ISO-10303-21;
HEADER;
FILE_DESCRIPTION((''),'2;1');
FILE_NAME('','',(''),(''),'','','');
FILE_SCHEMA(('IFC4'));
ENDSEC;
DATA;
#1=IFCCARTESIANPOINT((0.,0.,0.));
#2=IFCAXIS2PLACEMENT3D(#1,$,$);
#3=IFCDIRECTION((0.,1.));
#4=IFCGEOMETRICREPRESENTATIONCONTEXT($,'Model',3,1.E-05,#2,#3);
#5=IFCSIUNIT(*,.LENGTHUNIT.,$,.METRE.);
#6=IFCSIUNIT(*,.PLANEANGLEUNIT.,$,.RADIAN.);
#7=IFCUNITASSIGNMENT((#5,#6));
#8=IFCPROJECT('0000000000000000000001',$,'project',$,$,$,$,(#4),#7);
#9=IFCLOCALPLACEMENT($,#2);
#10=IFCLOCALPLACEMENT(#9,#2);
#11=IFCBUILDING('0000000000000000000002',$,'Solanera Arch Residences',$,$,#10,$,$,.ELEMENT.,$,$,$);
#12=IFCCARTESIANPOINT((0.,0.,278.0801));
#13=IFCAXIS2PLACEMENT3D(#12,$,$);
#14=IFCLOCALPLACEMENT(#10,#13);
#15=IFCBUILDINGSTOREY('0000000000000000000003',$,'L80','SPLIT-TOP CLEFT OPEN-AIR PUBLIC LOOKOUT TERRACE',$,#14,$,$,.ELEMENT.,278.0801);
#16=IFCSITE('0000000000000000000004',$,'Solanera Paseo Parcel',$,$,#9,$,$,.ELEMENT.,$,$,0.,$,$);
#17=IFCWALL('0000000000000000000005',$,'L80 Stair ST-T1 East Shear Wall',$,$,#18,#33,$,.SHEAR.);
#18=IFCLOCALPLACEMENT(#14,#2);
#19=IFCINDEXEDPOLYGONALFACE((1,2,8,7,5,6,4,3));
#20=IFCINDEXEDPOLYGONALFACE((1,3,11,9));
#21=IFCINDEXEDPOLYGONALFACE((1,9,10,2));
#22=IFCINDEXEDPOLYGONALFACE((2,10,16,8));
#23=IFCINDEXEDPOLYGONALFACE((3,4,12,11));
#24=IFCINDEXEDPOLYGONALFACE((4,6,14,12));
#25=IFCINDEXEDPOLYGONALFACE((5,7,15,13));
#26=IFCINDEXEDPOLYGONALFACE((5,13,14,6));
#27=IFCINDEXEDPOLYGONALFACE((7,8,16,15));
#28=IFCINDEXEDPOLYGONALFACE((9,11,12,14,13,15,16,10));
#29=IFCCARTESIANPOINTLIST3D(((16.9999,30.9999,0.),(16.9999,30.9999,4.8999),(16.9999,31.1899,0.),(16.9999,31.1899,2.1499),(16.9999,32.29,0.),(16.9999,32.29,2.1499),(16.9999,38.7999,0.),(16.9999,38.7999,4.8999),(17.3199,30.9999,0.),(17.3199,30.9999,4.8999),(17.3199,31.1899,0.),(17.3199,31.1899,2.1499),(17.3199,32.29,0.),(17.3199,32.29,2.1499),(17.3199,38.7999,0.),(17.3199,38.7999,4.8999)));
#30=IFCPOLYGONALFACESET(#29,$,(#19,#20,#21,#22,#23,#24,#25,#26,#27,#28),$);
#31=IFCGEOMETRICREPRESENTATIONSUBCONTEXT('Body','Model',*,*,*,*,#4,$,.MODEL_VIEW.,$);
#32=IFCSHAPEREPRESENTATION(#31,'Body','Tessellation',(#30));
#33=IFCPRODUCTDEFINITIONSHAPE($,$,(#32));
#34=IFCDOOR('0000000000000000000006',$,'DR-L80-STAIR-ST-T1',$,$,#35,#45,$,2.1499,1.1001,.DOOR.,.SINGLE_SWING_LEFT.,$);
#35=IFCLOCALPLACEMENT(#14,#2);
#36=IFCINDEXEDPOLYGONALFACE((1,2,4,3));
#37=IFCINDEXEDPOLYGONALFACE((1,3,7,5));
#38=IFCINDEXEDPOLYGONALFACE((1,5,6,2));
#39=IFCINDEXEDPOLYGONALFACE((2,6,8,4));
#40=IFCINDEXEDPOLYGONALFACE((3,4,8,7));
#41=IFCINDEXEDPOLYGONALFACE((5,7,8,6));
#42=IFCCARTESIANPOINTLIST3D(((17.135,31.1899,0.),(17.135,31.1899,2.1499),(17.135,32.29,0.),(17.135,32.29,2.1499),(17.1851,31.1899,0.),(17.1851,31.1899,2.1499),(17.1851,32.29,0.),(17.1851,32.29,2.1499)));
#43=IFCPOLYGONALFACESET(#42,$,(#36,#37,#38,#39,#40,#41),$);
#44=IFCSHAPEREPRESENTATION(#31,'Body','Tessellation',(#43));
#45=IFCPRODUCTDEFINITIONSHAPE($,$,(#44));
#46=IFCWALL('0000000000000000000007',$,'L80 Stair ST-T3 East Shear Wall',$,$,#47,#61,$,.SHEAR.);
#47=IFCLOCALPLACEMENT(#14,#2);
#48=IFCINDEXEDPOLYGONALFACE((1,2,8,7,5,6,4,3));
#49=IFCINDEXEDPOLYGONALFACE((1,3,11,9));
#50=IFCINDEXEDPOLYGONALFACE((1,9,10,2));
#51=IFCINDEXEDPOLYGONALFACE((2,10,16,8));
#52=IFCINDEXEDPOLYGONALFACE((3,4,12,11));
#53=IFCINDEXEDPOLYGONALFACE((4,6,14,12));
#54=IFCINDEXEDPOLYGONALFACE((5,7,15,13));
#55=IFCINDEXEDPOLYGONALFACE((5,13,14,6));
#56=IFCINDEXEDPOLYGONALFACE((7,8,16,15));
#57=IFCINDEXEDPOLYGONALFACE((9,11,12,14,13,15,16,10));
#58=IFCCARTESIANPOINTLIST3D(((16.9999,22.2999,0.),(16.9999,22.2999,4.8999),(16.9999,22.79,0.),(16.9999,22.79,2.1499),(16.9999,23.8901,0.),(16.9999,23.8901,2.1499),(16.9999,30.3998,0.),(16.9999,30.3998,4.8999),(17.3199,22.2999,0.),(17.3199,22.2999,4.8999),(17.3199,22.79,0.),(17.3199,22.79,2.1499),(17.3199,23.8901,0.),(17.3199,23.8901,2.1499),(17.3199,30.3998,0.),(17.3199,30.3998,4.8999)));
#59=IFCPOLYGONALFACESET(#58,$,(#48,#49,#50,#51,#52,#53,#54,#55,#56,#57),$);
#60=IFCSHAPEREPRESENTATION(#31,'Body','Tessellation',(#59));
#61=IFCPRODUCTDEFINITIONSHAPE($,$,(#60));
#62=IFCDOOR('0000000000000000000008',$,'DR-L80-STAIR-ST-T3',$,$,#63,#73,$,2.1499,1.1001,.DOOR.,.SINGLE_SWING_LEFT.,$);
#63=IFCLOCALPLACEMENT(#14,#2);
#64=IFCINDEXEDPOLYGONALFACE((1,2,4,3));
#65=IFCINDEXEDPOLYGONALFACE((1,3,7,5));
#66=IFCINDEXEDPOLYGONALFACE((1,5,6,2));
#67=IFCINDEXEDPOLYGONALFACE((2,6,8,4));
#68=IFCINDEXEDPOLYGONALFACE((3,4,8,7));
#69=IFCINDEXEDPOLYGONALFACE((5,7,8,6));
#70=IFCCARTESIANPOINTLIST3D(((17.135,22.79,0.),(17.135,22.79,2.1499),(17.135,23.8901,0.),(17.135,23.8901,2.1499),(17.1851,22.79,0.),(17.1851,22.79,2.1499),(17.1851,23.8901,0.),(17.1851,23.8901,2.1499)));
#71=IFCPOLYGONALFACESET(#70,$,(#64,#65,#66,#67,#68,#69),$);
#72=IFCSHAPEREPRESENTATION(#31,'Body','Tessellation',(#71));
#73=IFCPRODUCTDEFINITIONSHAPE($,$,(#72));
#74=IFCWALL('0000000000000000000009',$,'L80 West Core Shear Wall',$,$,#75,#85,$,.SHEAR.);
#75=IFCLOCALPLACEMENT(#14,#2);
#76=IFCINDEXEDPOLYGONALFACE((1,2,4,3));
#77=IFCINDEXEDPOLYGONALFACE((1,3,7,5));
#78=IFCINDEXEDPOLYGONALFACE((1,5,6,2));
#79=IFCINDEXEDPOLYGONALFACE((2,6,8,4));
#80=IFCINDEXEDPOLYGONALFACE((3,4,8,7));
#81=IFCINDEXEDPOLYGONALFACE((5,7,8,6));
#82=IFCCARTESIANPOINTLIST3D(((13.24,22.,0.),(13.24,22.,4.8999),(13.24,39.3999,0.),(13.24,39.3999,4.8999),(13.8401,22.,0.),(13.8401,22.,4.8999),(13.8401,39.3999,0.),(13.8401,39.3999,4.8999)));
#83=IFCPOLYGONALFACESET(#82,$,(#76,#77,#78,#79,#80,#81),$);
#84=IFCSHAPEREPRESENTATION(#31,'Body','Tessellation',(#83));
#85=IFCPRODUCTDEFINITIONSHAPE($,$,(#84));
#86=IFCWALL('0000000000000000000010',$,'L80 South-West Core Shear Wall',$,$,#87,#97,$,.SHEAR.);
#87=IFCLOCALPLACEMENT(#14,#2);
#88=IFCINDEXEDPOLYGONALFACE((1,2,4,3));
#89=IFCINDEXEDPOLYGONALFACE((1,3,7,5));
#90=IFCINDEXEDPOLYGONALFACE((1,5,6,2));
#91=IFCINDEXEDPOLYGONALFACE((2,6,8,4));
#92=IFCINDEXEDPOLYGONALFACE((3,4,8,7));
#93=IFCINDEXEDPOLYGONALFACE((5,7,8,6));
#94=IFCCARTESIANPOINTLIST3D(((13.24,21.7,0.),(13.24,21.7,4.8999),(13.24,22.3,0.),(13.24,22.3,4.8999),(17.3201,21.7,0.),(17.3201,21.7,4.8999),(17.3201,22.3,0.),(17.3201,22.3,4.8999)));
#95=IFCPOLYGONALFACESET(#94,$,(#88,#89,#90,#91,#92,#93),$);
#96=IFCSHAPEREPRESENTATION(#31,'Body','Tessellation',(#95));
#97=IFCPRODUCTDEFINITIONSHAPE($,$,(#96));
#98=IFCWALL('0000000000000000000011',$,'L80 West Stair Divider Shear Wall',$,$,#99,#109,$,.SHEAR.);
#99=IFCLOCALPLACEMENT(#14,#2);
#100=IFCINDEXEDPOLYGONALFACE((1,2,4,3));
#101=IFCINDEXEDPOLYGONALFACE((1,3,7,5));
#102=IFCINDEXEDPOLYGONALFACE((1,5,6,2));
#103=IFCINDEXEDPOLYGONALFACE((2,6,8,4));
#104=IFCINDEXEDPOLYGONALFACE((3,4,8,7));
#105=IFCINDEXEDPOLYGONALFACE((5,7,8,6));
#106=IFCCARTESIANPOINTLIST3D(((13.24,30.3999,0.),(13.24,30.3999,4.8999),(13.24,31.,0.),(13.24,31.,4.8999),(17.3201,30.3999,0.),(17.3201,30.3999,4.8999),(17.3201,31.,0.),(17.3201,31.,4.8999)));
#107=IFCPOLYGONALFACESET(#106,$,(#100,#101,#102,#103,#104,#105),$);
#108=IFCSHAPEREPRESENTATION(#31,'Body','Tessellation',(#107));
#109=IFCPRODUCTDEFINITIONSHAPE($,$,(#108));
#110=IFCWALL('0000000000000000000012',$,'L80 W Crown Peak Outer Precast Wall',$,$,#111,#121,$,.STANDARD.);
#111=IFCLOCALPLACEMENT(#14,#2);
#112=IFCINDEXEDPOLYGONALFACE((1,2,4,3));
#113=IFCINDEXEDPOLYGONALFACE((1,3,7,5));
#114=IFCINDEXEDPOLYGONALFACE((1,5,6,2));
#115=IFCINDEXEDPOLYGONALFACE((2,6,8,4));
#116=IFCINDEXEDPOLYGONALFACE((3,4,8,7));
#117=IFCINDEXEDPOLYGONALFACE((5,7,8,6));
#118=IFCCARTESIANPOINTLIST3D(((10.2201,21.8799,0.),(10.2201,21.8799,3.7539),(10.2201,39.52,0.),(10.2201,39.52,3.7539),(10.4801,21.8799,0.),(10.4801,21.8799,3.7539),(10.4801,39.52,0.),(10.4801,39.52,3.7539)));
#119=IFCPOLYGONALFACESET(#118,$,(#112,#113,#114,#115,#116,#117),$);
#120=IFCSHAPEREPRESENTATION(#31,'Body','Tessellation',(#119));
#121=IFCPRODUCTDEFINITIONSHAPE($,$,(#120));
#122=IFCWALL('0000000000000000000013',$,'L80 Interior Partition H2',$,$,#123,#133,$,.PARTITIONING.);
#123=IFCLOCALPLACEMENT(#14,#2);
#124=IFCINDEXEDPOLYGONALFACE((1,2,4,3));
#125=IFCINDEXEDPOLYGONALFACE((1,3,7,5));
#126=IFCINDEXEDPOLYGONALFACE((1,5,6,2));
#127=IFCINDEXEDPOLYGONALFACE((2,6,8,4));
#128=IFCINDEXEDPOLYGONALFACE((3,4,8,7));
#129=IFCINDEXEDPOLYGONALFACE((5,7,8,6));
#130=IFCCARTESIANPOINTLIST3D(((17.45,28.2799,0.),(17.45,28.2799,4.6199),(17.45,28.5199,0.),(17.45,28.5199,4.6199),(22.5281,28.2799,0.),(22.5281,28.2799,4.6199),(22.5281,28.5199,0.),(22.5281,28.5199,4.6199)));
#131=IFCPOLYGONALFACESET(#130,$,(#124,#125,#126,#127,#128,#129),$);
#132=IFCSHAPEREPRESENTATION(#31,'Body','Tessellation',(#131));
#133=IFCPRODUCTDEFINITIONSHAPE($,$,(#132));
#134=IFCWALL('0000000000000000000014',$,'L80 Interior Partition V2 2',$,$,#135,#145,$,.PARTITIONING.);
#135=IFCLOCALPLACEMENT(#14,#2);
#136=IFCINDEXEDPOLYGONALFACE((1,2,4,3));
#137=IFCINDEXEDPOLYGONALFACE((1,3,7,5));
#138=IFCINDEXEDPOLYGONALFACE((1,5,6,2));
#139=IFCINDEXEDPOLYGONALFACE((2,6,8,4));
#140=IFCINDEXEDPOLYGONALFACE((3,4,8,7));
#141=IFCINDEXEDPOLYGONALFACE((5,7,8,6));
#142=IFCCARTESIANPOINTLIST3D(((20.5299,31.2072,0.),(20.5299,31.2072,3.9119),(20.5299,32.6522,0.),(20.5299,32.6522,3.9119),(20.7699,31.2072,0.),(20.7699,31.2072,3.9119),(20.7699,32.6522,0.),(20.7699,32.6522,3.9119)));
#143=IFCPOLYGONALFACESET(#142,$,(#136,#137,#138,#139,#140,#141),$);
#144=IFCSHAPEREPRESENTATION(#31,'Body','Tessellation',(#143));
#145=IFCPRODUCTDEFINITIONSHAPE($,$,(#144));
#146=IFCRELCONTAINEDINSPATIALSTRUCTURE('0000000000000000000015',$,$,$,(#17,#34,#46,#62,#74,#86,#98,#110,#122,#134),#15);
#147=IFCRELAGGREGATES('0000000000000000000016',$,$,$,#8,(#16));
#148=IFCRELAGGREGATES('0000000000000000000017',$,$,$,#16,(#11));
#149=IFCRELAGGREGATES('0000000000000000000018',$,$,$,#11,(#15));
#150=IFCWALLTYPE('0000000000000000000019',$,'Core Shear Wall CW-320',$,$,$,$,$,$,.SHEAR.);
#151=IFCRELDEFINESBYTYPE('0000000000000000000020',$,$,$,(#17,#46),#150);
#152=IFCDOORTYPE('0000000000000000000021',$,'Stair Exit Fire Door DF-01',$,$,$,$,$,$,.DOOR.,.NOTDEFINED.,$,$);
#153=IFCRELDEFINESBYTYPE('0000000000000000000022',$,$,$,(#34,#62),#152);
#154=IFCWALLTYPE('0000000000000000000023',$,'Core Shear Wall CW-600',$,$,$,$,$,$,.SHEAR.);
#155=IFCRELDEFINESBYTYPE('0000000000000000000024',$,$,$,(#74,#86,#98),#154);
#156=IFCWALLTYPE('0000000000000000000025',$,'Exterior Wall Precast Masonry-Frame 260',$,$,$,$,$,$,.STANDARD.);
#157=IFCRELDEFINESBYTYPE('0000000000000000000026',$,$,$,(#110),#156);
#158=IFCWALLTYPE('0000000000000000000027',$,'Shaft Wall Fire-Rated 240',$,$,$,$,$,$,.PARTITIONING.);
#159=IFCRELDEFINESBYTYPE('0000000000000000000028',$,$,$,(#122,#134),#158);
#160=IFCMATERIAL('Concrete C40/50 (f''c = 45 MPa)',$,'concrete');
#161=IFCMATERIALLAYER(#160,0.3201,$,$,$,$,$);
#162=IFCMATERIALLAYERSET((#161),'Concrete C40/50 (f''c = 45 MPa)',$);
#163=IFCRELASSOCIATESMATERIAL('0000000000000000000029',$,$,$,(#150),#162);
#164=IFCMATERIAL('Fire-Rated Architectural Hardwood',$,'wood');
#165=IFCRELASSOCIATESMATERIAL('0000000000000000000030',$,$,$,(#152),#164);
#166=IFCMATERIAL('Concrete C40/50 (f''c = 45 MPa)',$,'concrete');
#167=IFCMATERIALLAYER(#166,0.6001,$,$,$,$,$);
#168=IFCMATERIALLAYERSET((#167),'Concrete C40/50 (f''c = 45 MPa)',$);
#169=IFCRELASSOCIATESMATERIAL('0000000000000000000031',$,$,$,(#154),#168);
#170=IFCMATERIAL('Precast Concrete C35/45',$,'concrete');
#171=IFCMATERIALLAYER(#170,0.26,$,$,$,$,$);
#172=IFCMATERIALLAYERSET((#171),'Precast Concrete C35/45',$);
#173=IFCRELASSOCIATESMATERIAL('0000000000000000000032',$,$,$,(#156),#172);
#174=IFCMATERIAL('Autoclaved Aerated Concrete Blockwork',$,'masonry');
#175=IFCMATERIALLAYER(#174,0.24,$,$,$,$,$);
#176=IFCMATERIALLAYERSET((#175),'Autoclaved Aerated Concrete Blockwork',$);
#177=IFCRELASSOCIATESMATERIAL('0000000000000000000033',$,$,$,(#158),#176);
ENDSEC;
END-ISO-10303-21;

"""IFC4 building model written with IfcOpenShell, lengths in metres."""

from ifc_helpers import new_model, si_unit, direction, frame, frame_2d, origin, place, context, subcontext, project, spatial, rectangle, extrude, material, layer, layer_set, type_object, element, fill, save


model = new_model("IFC4")

# Units and contexts
model_context = context("Model", 3, precision=1e-05, world=origin(), true_north=direction((0.0, 1.0)))
body_context = subcontext(model_context, "Body", "Model", "MODEL_VIEW")
ifc_project = project(units=[si_unit("LENGTHUNIT", "METRE"), si_unit("PLANEANGLEUNIT", "RADIAN")], contexts=[model_context])

# Site, building, storey
site_placement = place(None, origin())
site = spatial("IfcSite", under=ifc_project, at=site_placement, Name="Solanera Paseo Parcel", CompositionType="ELEMENT", RefElevation=0.0)
building_placement = place(site_placement, origin())
building = spatial("IfcBuilding", under=site, at=building_placement, Name="Solanera Arch Residences", CompositionType="ELEMENT")
storey_placement = place(building_placement, frame((0.0, 0.0, 278.0801)))
storey = spatial("IfcBuildingStorey", under=building, at=storey_placement, Name="L80", Description="SPLIT-TOP CLEFT OPEN-AIR PUBLIC LOOKOUT TERRACE", CompositionType="ELEMENT", Elevation=278.0801)

# Walls, openings, doors
ifc_material_1 = material(Name="Concrete C40/50 (f'c = 45 MPa)", Category="concrete")
ifc_layer_1 = layer(ifc_material_1, 0.3201)
ifc_layer_set_1 = layer_set([ifc_layer_1], Name="Concrete C40/50 (f'c = 45 MPa)")
wall_type_1 = type_object("IfcWallType", Name="Core Shear Wall CW-320", PredefinedType="SHEAR", material=ifc_layer_set_1)
wall_1_placement = place(storey_placement, frame((17.1599, 31.0, 0.0), z_axis=(0.0, 0.0, 1.0), x_axis=(0.0, 1.0, 0.0)))
wall_1 = element("IfcWall", 1, at=wall_1_placement, inside=storey, type_object=wall_type_1, Name="L80 Stair ST-T1 East Shear Wall", PredefinedType="SHEAR", context=body_context, shape_type="SweptSolid", body=[
    extrude(rectangle(XDim=7.8, YDim=0.3201, at=frame_2d((3.8999, 0.0))), origin(), (0.0, 0.0, 1.0), 4.8999),
])
opening_1_placement = place(wall_1_placement, frame((0.1899, 0.0, 0.0)))
opening_1 = element("IfcOpeningElement", 2, at=opening_1_placement, cuts=wall_1, PredefinedType="OPENING", context=body_context, shape_type="SweptSolid", body=[
    extrude(rectangle(XDim=1.1001, YDim=2.1499, at=frame_2d((0.55, 1.075))), frame((0.0, 0.1699, 0.0), z_axis=(0.0, -1.0, 0.0), x_axis=(1.0, 0.0, 0.0)), (0.0, 0.0, 1.0), 0.3401),
])
ifc_material_2 = material(Name="Fire-Rated Architectural Hardwood", Category="wood")
door_type_1 = type_object("IfcDoorType", Name="Stair Exit Fire Door DF-01", OperationType="NOTDEFINED", PredefinedType="DOOR", material=ifc_material_2)
door_1_placement = place(opening_1_placement, origin())
door_1 = element("IfcDoor", 3, at=door_1_placement, inside=storey, type_object=door_type_1, Name="DR-L80-STAIR-ST-T1", OperationType="SINGLE_SWING_LEFT", OverallHeight=2.1499, OverallWidth=1.1001, PredefinedType="DOOR", context=body_context, shape_type="SweptSolid", body=[
    extrude(rectangle(XDim=1.1001, YDim=2.1499, at=frame_2d((0.55, 1.075))), frame((0.0, 0.0249, 0.0), z_axis=(0.0, -1.0, 0.0), x_axis=(1.0, 0.0, 0.0)), (0.0, 0.0, 1.0), 0.05),
])
fill(opening_1, door_1)
wall_2_placement = place(storey_placement, frame((17.1599, 22.3, 0.0), z_axis=(0.0, 0.0, 1.0), x_axis=(0.0, 1.0, 0.0)))
wall_2 = element("IfcWall", 4, at=wall_2_placement, inside=storey, type_object=wall_type_1, Name="L80 Stair ST-T3 East Shear Wall", PredefinedType="SHEAR", context=body_context, shape_type="SweptSolid", body=[
    extrude(rectangle(XDim=8.0999, YDim=0.3201, at=frame_2d((4.0498, 0.0))), origin(), (0.0, 0.0, 1.0), 4.8999),
])
opening_2_placement = place(wall_2_placement, frame((0.49, 0.0, 0.0)))
opening_2 = element("IfcOpeningElement", 5, at=opening_2_placement, cuts=wall_2, PredefinedType="OPENING", context=body_context, shape_type="SweptSolid", body=[
    extrude(rectangle(XDim=1.1001, YDim=2.1499, at=frame_2d((0.55, 1.075))), frame((0.0, 0.1699, 0.0), z_axis=(0.0, -1.0, 0.0), x_axis=(1.0, 0.0, 0.0)), (0.0, 0.0, 1.0), 0.3401),
])
door_2_placement = place(opening_2_placement, origin())
door_2 = element("IfcDoor", 6, at=door_2_placement, inside=storey, type_object=door_type_1, Name="DR-L80-STAIR-ST-T3", OperationType="SINGLE_SWING_LEFT", OverallHeight=2.1499, OverallWidth=1.1001, PredefinedType="DOOR", context=body_context, shape_type="SweptSolid", body=[
    extrude(rectangle(XDim=1.1001, YDim=2.1499, at=frame_2d((0.55, 1.075))), frame((0.0, 0.0249, 0.0), z_axis=(0.0, -1.0, 0.0), x_axis=(1.0, 0.0, 0.0)), (0.0, 0.0, 1.0), 0.05),
])
fill(opening_2, door_2)

# Walls
ifc_material_3 = material(Name="Concrete C40/50 (f'c = 45 MPa)", Category="concrete")
ifc_layer_2 = layer(ifc_material_3, 0.6001)
ifc_layer_set_2 = layer_set([ifc_layer_2], Name="Concrete C40/50 (f'c = 45 MPa)")
wall_type_2 = type_object("IfcWallType", Name="Core Shear Wall CW-600", PredefinedType="SHEAR", material=ifc_layer_set_2)
wall_3_placement = place(storey_placement, frame((13.54, 22.0, 0.0), z_axis=(0.0, 0.0, 1.0), x_axis=(0.0, 1.0, 0.0)))
element("IfcWall", 7, at=wall_3_placement, inside=storey, type_object=wall_type_2, Name="L80 West Core Shear Wall", PredefinedType="SHEAR", context=body_context, shape_type="SweptSolid", body=[
    extrude(rectangle(XDim=17.3999, YDim=0.6001, at=frame_2d((8.7, 0.0))), origin(), (0.0, 0.0, 1.0), 4.8999),
])
for number, where, z_axis, x_axis, name in (
    (8, (13.24, 22.0, 0.0), (0.0, 0.0, 1.0), (1.0, 0.0, 0.0), "L80 South-West Core Shear Wall"),
    (9, (13.24, 30.7, 0.0), (0.0, 0.0, 1.0), (1.0, 0.0, 0.0), "L80 West Stair Divider Shear Wall"),
):
    element("IfcWall", number, at=place(storey_placement, frame(where, z_axis=z_axis, x_axis=x_axis)), inside=storey, type_object=wall_type_2, Name=name, PredefinedType="SHEAR", context=body_context, shape_type="SweptSolid", body=[
        extrude(rectangle(XDim=4.0801, YDim=0.6001, at=frame_2d((2.04, 0.0))), origin(), (0.0, 0.0, 1.0), 4.8999),
    ])
ifc_material_4 = material(Name="Precast Concrete C35/45", Category="concrete")
ifc_layer_3 = layer(ifc_material_4, 0.26)
ifc_layer_set_3 = layer_set([ifc_layer_3], Name="Precast Concrete C35/45")
wall_type_3 = type_object("IfcWallType", Name="Exterior Wall Precast Masonry-Frame 260", PredefinedType="STANDARD", material=ifc_layer_set_3)
wall_4_placement = place(storey_placement, frame((10.3501, 21.8799, 0.0), z_axis=(0.0, 0.0, 1.0), x_axis=(0.0, 1.0, 0.0)))
element("IfcWall", 10, at=wall_4_placement, inside=storey, type_object=wall_type_3, Name="L80 W Crown Peak Outer Precast Wall", PredefinedType="STANDARD", context=body_context, shape_type="SweptSolid", body=[
    extrude(rectangle(XDim=17.6401, YDim=0.26, at=frame_2d((8.8201, 0.0))), origin(), (0.0, 0.0, 1.0), 3.7539),
])
ifc_material_5 = material(Name="Autoclaved Aerated Concrete Blockwork", Category="masonry")
ifc_layer_4 = layer(ifc_material_5, 0.24)
ifc_layer_set_4 = layer_set([ifc_layer_4], Name="Autoclaved Aerated Concrete Blockwork")
wall_type_4 = type_object("IfcWallType", Name="Shaft Wall Fire-Rated 240", PredefinedType="PARTITIONING", material=ifc_layer_set_4)
wall_5_placement = place(storey_placement, frame((17.45, 28.3999, 0.0), z_axis=(0.0, 0.0, 1.0), x_axis=(1.0, 0.0, 0.0)))
element("IfcWall", 11, at=wall_5_placement, inside=storey, type_object=wall_type_4, Name="L80 Interior Partition H2", PredefinedType="PARTITIONING", context=body_context, shape_type="SweptSolid", body=[
    extrude(rectangle(XDim=5.0781, YDim=0.24, at=frame_2d((2.5391, 0.0))), origin(), (0.0, 0.0, 1.0), 4.6199),
])

# Wall
wall_6_placement = place(storey_placement, frame((20.6499, 31.207, 0.0), z_axis=(0.0, 0.0, 1.0), x_axis=(0.0, 1.0, 0.0)))
element("IfcWall", 12, at=wall_6_placement, inside=storey, type_object=wall_type_4, Name="L80 Interior Partition V2 2", PredefinedType="PARTITIONING", context=body_context, shape_type="SweptSolid", body=[
    extrude(rectangle(XDim=1.4451, YDim=0.24, at=frame_2d((0.7227, 0.0))), origin(), (0.0, 0.0, 1.0), 3.9119),
])

save(model, "model.ifc")
